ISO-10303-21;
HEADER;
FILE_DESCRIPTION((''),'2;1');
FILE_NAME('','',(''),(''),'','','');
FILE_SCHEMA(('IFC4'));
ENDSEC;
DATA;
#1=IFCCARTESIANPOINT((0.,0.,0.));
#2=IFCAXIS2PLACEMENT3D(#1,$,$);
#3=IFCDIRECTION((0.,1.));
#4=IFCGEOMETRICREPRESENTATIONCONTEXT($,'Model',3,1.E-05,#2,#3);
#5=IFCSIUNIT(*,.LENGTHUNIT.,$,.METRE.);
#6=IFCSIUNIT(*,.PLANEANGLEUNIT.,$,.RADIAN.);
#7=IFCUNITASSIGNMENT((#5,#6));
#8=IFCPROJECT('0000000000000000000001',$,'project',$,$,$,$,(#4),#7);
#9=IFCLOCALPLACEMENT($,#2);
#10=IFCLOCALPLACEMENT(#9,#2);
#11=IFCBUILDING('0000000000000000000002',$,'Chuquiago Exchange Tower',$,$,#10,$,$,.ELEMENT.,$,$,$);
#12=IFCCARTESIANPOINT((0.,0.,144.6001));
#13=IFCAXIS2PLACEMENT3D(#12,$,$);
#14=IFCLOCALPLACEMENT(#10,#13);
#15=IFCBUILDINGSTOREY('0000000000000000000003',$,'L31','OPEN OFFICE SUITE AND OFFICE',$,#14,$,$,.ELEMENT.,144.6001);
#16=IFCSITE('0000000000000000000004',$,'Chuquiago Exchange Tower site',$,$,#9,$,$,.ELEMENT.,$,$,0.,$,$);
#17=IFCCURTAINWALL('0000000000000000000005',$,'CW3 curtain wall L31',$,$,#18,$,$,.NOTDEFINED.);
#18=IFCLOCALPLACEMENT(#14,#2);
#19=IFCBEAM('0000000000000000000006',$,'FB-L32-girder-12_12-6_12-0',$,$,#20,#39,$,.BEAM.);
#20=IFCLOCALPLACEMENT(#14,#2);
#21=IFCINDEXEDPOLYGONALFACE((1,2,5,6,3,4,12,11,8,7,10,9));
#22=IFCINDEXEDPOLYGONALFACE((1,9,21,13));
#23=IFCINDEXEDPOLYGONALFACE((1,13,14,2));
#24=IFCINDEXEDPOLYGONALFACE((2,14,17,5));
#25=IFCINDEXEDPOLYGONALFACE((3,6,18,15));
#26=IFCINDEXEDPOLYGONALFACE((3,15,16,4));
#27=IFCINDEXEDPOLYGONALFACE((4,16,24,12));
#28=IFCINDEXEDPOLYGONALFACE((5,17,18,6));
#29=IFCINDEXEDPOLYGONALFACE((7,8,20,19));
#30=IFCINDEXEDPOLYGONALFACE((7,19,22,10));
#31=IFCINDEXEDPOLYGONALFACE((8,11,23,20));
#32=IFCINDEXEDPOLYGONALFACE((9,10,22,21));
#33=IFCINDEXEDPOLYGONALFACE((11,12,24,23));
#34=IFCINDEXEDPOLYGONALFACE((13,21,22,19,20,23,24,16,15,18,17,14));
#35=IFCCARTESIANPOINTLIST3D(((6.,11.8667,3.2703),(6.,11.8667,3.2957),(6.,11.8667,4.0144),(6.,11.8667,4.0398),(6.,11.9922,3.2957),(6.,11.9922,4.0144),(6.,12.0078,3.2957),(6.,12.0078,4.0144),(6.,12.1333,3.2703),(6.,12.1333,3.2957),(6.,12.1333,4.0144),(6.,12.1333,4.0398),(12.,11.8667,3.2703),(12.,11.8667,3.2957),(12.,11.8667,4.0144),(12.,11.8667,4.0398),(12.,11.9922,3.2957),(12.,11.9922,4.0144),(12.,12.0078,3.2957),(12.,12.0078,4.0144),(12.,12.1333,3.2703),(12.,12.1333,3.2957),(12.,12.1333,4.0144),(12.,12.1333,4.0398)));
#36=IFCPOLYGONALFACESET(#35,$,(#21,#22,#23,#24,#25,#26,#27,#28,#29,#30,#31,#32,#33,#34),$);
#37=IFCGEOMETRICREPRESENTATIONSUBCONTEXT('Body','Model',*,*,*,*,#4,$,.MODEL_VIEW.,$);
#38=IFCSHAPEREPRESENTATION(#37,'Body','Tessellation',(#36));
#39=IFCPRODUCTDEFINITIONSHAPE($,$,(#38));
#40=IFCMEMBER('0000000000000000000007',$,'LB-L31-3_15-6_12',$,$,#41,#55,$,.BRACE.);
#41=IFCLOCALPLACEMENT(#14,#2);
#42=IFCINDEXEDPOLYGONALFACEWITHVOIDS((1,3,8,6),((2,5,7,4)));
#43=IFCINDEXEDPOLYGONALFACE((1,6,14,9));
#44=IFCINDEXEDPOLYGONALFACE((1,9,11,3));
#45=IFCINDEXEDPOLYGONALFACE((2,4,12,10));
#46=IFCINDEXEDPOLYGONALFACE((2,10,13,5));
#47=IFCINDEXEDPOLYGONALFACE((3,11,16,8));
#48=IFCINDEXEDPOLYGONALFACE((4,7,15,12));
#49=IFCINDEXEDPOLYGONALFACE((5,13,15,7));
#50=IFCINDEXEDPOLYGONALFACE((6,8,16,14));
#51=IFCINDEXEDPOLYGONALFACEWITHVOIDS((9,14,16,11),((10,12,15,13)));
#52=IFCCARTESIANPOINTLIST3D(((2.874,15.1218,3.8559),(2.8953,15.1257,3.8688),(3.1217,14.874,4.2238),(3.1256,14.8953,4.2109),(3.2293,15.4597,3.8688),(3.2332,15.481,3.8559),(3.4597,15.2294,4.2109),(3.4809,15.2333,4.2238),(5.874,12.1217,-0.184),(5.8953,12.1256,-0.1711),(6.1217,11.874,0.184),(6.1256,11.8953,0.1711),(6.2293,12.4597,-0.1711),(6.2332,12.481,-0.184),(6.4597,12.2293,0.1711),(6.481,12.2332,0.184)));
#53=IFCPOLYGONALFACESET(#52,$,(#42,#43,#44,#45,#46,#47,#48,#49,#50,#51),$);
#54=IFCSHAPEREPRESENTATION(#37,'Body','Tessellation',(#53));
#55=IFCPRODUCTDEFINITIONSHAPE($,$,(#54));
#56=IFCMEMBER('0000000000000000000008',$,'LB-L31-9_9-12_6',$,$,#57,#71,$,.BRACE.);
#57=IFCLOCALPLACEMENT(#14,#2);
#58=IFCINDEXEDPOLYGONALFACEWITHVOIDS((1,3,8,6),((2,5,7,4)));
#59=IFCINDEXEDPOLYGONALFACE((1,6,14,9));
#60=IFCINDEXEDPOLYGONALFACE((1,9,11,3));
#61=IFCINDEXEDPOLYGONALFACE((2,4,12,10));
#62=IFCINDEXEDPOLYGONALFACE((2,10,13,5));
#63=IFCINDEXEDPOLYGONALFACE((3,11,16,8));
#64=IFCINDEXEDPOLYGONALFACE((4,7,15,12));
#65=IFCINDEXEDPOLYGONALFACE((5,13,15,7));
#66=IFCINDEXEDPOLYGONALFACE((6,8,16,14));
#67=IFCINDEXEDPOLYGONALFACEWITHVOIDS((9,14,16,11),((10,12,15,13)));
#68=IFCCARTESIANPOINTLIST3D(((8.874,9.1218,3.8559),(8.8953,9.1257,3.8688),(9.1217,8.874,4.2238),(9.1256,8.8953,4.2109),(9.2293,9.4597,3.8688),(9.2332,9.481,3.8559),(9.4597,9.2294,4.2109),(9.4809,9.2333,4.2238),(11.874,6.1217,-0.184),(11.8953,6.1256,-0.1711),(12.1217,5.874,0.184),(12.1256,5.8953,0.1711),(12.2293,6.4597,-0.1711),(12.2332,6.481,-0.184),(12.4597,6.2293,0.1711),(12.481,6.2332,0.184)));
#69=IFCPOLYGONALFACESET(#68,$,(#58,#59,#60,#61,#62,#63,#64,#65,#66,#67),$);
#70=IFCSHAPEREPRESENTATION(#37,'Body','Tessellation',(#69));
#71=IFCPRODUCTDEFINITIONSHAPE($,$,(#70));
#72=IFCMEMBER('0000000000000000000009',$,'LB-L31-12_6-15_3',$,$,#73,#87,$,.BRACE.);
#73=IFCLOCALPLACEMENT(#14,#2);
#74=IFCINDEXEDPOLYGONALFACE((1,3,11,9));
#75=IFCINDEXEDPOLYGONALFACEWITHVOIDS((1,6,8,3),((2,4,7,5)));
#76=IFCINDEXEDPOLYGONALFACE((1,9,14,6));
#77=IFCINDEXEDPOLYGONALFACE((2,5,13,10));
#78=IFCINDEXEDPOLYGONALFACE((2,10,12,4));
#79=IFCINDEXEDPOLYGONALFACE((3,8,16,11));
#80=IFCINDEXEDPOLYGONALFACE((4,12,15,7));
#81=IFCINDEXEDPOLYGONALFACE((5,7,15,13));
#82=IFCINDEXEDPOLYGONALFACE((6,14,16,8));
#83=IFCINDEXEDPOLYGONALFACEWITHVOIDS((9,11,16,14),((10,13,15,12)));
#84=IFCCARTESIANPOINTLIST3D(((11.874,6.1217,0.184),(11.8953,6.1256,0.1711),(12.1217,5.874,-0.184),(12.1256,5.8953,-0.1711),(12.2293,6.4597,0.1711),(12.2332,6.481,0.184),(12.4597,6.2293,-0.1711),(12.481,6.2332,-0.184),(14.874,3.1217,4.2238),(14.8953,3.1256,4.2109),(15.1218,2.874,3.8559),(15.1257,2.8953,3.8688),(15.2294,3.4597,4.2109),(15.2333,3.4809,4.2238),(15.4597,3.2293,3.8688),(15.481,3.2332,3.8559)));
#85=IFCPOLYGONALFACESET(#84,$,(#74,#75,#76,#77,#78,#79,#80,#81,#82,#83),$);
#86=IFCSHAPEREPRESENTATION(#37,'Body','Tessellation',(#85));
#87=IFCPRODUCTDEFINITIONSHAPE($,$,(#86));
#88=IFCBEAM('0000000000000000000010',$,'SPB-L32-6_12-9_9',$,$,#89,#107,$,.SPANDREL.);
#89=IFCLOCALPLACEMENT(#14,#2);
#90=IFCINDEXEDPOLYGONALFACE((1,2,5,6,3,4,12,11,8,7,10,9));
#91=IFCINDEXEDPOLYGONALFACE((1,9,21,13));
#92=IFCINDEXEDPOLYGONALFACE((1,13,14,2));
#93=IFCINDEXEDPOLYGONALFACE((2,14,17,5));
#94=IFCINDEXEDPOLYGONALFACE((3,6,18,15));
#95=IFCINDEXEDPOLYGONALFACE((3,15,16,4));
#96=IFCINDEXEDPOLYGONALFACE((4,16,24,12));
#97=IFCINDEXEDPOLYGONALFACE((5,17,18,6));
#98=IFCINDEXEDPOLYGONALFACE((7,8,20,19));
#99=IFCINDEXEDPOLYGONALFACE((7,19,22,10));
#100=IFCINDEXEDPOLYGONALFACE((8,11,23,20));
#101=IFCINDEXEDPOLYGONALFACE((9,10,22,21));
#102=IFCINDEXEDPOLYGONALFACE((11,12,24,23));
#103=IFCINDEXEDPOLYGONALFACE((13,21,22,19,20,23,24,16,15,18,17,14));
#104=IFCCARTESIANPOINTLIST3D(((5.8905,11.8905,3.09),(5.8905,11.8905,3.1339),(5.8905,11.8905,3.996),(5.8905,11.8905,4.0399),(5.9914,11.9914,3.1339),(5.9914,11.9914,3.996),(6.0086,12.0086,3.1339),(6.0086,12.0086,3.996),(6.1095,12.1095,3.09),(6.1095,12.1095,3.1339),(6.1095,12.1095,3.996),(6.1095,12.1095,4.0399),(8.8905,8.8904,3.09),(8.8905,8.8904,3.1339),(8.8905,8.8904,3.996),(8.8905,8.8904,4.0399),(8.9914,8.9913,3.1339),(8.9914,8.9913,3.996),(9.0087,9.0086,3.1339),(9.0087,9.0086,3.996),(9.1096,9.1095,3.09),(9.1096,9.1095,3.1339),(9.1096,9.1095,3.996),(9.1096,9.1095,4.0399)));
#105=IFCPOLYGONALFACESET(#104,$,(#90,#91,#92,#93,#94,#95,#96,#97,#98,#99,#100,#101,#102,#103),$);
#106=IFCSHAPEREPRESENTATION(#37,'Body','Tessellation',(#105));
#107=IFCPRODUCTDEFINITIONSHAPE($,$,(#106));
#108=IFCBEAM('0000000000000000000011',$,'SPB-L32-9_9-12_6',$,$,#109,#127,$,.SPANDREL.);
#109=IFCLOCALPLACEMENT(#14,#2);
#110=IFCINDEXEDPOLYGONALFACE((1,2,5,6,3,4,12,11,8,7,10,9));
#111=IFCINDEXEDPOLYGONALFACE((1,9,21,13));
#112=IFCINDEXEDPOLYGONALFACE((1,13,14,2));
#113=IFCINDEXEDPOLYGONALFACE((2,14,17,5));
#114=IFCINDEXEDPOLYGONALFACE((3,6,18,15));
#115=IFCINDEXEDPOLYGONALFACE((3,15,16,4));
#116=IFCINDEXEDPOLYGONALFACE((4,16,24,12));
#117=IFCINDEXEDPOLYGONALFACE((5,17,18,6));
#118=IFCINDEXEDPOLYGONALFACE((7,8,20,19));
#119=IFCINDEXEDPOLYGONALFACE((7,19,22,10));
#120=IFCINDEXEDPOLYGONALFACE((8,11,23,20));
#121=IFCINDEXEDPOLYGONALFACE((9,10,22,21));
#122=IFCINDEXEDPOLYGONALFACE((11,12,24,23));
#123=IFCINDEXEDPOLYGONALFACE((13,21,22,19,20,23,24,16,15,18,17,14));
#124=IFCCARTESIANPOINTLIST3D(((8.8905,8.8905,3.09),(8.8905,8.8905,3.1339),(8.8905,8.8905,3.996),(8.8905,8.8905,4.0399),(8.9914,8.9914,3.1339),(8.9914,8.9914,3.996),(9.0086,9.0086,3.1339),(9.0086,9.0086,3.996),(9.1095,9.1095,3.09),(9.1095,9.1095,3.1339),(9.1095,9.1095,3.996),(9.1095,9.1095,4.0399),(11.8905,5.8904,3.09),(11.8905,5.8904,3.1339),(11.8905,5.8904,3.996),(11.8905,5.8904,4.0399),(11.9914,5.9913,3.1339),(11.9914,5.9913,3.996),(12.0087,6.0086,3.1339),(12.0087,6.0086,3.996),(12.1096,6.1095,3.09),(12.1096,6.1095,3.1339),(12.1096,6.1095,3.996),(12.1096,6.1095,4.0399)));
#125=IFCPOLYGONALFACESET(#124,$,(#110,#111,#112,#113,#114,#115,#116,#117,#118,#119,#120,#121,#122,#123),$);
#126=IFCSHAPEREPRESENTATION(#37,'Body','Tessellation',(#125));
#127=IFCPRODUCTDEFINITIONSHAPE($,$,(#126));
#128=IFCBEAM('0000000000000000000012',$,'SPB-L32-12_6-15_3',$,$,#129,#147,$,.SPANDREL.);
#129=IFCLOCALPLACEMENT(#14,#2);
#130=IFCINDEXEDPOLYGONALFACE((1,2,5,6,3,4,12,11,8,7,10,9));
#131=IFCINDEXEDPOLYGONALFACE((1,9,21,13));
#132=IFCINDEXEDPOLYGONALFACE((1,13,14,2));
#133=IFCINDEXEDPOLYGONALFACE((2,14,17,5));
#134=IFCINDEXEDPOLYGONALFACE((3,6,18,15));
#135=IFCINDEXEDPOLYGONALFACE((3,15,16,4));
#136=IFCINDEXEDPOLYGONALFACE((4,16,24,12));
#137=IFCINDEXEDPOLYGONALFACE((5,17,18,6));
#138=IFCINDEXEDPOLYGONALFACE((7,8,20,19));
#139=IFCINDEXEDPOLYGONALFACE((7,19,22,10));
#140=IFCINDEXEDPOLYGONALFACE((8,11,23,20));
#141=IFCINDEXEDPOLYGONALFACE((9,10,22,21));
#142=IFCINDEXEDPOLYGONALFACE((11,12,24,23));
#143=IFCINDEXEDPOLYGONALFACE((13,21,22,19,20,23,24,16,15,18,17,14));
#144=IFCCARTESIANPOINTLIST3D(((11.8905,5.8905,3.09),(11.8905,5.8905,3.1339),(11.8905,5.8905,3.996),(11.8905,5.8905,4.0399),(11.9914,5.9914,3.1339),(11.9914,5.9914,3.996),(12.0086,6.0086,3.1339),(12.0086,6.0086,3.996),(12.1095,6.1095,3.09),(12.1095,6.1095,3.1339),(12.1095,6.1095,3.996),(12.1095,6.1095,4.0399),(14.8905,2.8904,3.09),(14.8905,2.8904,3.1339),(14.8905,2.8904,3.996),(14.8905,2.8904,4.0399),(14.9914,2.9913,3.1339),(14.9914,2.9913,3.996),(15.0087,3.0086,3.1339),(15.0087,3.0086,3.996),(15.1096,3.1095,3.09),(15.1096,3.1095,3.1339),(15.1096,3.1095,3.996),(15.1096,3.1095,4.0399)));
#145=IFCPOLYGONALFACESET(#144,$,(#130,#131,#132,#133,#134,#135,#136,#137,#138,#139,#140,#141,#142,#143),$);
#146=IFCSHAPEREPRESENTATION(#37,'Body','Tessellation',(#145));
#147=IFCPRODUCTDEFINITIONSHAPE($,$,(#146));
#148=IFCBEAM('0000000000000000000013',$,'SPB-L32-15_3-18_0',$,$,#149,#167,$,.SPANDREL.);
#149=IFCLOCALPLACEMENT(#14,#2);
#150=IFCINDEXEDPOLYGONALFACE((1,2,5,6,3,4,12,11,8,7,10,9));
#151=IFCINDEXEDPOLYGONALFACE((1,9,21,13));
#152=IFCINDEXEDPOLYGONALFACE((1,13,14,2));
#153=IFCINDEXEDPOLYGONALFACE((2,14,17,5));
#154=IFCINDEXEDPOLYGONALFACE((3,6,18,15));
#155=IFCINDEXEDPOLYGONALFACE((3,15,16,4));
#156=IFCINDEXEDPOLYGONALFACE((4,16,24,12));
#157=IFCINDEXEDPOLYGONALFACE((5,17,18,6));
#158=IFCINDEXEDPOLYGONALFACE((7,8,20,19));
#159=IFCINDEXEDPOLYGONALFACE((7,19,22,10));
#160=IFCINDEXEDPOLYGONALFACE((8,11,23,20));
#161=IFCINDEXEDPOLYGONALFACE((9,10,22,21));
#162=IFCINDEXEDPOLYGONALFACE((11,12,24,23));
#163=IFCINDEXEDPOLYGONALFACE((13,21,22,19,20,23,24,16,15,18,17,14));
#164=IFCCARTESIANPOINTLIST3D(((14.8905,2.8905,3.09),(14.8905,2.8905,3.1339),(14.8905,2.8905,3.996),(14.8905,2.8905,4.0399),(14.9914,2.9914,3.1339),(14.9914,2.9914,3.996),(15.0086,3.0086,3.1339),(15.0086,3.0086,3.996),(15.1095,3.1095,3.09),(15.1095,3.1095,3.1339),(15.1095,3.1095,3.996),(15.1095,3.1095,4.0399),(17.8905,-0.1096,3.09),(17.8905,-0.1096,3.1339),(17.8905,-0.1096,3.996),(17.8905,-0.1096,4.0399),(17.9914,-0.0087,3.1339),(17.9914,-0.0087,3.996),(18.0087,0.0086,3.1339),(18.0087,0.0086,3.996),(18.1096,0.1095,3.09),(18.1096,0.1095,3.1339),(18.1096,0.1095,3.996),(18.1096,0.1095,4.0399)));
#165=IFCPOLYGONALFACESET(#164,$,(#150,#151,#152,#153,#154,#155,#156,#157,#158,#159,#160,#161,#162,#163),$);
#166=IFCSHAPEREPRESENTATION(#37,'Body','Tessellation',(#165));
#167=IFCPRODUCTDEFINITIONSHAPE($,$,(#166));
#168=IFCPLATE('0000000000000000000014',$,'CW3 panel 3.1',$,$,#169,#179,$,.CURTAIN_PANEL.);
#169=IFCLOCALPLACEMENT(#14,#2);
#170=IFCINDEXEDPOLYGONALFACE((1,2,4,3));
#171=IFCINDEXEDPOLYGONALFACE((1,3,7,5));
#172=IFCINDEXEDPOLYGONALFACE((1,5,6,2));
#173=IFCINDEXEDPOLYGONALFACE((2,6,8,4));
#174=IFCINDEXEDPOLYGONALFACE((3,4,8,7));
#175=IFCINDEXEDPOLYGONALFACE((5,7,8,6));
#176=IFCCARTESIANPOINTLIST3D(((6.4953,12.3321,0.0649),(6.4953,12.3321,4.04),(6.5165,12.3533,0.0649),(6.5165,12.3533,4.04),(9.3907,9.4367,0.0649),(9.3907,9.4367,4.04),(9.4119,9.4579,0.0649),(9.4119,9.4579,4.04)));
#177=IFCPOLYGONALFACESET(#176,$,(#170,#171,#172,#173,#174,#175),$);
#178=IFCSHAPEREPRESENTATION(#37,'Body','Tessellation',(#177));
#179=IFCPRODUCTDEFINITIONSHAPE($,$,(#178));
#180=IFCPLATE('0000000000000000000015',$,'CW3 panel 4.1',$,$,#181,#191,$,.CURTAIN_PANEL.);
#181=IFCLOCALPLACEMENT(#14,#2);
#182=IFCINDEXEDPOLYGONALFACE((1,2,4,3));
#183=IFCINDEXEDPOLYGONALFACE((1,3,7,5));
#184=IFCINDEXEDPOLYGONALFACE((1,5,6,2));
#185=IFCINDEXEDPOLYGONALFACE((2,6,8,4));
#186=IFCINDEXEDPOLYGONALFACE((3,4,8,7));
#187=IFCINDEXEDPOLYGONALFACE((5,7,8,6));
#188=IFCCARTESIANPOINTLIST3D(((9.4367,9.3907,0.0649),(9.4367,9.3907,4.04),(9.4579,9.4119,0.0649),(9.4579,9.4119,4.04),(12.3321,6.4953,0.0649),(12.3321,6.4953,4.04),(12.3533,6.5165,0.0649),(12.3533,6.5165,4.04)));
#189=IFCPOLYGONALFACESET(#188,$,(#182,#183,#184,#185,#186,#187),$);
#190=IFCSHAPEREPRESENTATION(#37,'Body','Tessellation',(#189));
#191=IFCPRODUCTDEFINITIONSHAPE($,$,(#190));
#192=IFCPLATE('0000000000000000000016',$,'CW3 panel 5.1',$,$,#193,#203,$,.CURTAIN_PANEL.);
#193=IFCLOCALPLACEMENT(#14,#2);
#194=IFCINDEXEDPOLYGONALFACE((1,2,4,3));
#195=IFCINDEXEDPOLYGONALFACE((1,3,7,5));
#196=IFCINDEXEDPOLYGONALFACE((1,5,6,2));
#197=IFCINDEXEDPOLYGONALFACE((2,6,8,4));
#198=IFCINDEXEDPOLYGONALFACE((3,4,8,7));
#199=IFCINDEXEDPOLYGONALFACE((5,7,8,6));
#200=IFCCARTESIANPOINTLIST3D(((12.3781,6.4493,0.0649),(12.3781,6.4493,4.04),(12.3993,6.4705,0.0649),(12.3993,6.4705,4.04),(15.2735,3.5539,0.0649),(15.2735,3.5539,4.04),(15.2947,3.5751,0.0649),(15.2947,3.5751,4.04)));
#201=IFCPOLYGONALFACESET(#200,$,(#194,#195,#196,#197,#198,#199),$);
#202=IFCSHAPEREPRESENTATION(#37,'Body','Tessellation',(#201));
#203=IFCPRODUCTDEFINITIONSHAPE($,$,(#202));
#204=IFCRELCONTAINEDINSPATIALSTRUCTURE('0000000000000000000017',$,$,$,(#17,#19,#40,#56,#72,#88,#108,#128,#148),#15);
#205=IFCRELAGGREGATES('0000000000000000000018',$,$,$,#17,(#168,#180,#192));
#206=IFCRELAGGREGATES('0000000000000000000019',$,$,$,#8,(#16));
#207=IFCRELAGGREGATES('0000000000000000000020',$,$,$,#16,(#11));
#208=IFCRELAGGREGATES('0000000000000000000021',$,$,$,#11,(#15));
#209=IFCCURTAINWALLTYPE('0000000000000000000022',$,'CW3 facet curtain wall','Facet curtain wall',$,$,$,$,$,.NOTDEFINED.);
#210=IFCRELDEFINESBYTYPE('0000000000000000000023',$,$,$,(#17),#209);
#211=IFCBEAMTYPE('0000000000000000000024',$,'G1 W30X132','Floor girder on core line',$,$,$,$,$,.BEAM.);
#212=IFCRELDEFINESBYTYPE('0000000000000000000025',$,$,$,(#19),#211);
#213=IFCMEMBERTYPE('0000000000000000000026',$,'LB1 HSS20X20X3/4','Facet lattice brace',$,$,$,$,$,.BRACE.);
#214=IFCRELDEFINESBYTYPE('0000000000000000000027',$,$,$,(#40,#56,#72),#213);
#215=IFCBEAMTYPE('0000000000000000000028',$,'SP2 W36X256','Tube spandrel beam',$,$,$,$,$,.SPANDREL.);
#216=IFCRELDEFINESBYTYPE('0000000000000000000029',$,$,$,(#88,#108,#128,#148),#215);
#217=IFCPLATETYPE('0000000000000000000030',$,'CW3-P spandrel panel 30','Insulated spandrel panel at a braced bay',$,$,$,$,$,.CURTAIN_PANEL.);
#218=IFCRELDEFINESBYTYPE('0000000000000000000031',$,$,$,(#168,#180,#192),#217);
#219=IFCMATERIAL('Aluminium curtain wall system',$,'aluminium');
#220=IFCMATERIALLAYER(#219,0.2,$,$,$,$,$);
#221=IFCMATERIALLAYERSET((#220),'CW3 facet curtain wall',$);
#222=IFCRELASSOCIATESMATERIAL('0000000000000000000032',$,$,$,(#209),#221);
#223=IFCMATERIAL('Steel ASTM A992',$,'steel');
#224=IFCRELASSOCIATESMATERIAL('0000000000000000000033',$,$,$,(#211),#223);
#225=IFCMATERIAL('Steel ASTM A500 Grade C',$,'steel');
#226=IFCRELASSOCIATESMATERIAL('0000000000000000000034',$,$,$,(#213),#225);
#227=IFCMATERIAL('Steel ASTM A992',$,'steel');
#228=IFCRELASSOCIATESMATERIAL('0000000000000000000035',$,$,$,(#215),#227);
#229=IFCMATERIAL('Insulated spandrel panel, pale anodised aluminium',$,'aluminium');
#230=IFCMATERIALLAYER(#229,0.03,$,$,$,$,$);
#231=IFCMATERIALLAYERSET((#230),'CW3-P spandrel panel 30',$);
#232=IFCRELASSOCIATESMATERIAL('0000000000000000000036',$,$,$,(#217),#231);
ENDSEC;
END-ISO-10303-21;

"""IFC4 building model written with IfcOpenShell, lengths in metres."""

from ifc_helpers import new_model, si_unit, direction, frame, origin, origin_2d, place, context, subcontext, project, spatial, rectangle, hollow_rectangle, i_section, extrude, material, layer, layer_set, material_profile, profile_set, type_object, element, aggregate, save


model = new_model("IFC4")

# Units and contexts
model_context = context("Model", 3, precision=1e-05, world=origin(), true_north=direction((0.0, 1.0)))
body_context = subcontext(model_context, "Body", "Model", "MODEL_VIEW")
ifc_project = project(units=[si_unit("LENGTHUNIT", "METRE"), si_unit("PLANEANGLEUNIT", "RADIAN")], contexts=[model_context])

# Site, building, storey
site_placement = place(None, origin())
site = spatial("IfcSite", under=ifc_project, at=site_placement, Name="Chuquiago Exchange Tower site", CompositionType="ELEMENT", RefElevation=0.0)
building_placement = place(site_placement, origin())
building = spatial("IfcBuilding", under=site, at=building_placement, Name="Chuquiago Exchange Tower", CompositionType="ELEMENT")
storey_placement = place(building_placement, frame((0.0, 0.0, 144.6001)))
storey = spatial("IfcBuildingStorey", under=building, at=storey_placement, Name="L31", Description="OPEN OFFICE SUITE AND OFFICE", CompositionType="ELEMENT", Elevation=144.6001)

# Curtain wall
ifc_material_1 = material(Name="Aluminium curtain wall system", Category="aluminium")
ifc_layer_1 = layer(ifc_material_1, 0.2)
ifc_layer_set_1 = layer_set([ifc_layer_1], Name="CW3 facet curtain wall")
curtain_wall_type = type_object("IfcCurtainWallType", Name="CW3 facet curtain wall", Description="Facet curtain wall", PredefinedType="NOTDEFINED", material=ifc_layer_set_1)
curtain_wall_placement = place(storey_placement, origin())
curtain_wall = element("IfcCurtainWall", 1, at=curtain_wall_placement, inside=storey, type_object=curtain_wall_type, Name="CW3 curtain wall L31", PredefinedType="NOTDEFINED")

# Beam
ifc_material_2 = material(Name="Steel ASTM A992", Category="steel")
ifc_material_profile_1 = material_profile(ifc_material_2, i_section(OverallWidth=0.2666, OverallDepth=0.7695, WebThickness=0.0156, FlangeThickness=0.0254, at=origin_2d()), Name="W30X132")
ifc_profile_set_1 = profile_set([ifc_material_profile_1], Name="Steel ASTM A992")
beam_type_1 = type_object("IfcBeamType", Name="G1 W30X132", Description="Floor girder on core line", PredefinedType="BEAM", material=ifc_profile_set_1)
for number, where, z_axis, x_axis, name in (
    (2, (12.0, 12.0, 3.655), (-1.0, 0.0, 0.0), (0.0, -1.0, 0.0), "FB-L32-girder-12_12-6_12-0"),
):
    element("IfcBeam", number, at=place(storey_placement, frame(where, z_axis=z_axis, x_axis=x_axis)), inside=storey, type_object=beam_type_1, Name=name, PredefinedType="BEAM", context=body_context, shape_type="SweptSolid", body=[
        extrude(i_section(OverallWidth=0.2666, OverallDepth=0.7695, WebThickness=0.0156, FlangeThickness=0.0254, at=origin_2d()), origin(), (0.0, 0.0, 1.0), 6.0),
    ])

# Members
ifc_material_3 = material(Name="Steel ASTM A500 Grade C", Category="steel")
ifc_material_profile_2 = material_profile(ifc_material_3, hollow_rectangle(XDim=0.5081, YDim=0.5081, WallThickness=0.0178, at=origin_2d()), Name="HSS20X20X3/4")
ifc_profile_set_2 = profile_set([ifc_material_profile_2], Name="Steel ASTM A500 Grade C")
member_type_1 = type_object("IfcMemberType", Name="LB1 HSS20X20X3/4", Description="Facet lattice brace", PredefinedType="BRACE", material=ifc_profile_set_2)
for number, where, z_axis, x_axis, name in (
    (3, (6.1775, 12.1775, 0.0), (-0.512092, 0.512092, 0.689582), (-0.707107, -0.707107, 0.0), "LB-L31-3_15-6_12"),
    (4, (12.1775, 6.1775, 0.0), (-0.512092, 0.512092, 0.689582), (-0.707107, -0.707107, 0.0), "LB-L31-9_9-12_6"),
    (5, (12.1775, 6.1775, 0.0), (0.512092, -0.512092, 0.689582), (0.707107, 0.707107, 0.0), "LB-L31-12_6-15_3"),
):
    element("IfcMember", number, at=place(storey_placement, frame(where, z_axis=z_axis, x_axis=x_axis)), inside=storey, type_object=member_type_1, Name=name, PredefinedType="BRACE", context=body_context, shape_type="SweptSolid", body=[
        extrude(hollow_rectangle(XDim=0.5081, YDim=0.5081, WallThickness=0.0178, at=origin_2d()), origin(), (0.0, 0.0, 1.0), 5.8584),
    ])

# Beams
ifc_material_4 = material(Name="Steel ASTM A992", Category="steel")
ifc_material_profile_3 = material_profile(ifc_material_4, i_section(OverallWidth=0.3098, OverallDepth=0.95, WebThickness=0.0244, FlangeThickness=0.0439, at=origin_2d()), Name="W36X256")
ifc_profile_set_3 = profile_set([ifc_material_profile_3], Name="Steel ASTM A992")
beam_type_2 = type_object("IfcBeamType", Name="SP2 W36X256", Description="Tube spandrel beam", PredefinedType="SPANDREL", material=ifc_profile_set_3)
for number, where, z_axis, x_axis, name in (
    (6, (6.0, 12.0, 3.5649), (0.707107, -0.707107, 0.0), (0.707107, 0.707107, 0.0), "SPB-L32-6_12-9_9"),
    (7, (9.0, 9.0, 3.5649), (0.707107, -0.707107, 0.0), (0.707107, 0.707107, 0.0), "SPB-L32-9_9-12_6"),
    (8, (12.0, 6.0, 3.5649), (0.707107, -0.707107, 0.0), (0.707107, 0.707107, 0.0), "SPB-L32-12_6-15_3"),
    (9, (15.0, 3.0, 3.5649), (0.707107, -0.707107, 0.0), (0.707107, 0.707107, 0.0), "SPB-L32-15_3-18_0"),
):
    element("IfcBeam", number, at=place(storey_placement, frame(where, z_axis=z_axis, x_axis=x_axis)), inside=storey, type_object=beam_type_2, Name=name, PredefinedType="SPANDREL", context=body_context, shape_type="SweptSolid", body=[
        extrude(i_section(OverallWidth=0.3098, OverallDepth=0.95, WebThickness=0.0244, FlangeThickness=0.0439, at=origin_2d()), origin(), (0.0, 0.0, 1.0), 4.2427),
    ])

# Plates
ifc_material_5 = material(Name="Insulated spandrel panel, pale anodised aluminium", Category="aluminium")
ifc_layer_2 = layer(ifc_material_5, 0.03)
ifc_layer_set_2 = layer_set([ifc_layer_2], Name="CW3-P spandrel panel 30")
plate_type = type_object("IfcPlateType", Name="CW3-P spandrel panel 30", Description="Insulated spandrel panel at a braced bay", PredefinedType="CURTAIN_PANEL", material=ifc_layer_set_2)
plate_1_placement = place(storey_placement, frame((7.9536, 10.895, 0.0649), z_axis=(0.0, 0.0, 1.0), x_axis=(0.707107, -0.707107, 0.0)))
plate_1 = element("IfcPlate", 10, at=plate_1_placement, type_object=plate_type, Name="CW3 panel 3.1", PredefinedType="CURTAIN_PANEL", context=body_context, shape_type="SweptSolid", body=[
    extrude(rectangle(XDim=4.0947, YDim=0.03, at=origin_2d()), origin(), (0.0, 0.0, 1.0), 3.9751),
])
plate_2_placement = place(storey_placement, frame((10.895, 7.9536, 0.0649), z_axis=(0.0, 0.0, 1.0), x_axis=(0.707107, -0.707107, 0.0)))
plate_2 = element("IfcPlate", 11, at=plate_2_placement, type_object=plate_type, Name="CW3 panel 4.1", PredefinedType="CURTAIN_PANEL", context=body_context, shape_type="SweptSolid", body=[
    extrude(rectangle(XDim=4.0947, YDim=0.03, at=origin_2d()), origin(), (0.0, 0.0, 1.0), 3.9751),
])
plate_3_placement = place(storey_placement, frame((13.8364, 5.0122, 0.0649), z_axis=(0.0, 0.0, 1.0), x_axis=(0.707107, -0.707107, 0.0)))
plate_3 = element("IfcPlate", 12, at=plate_3_placement, type_object=plate_type, Name="CW3 panel 5.1", PredefinedType="CURTAIN_PANEL", context=body_context, shape_type="SweptSolid", body=[
    extrude(rectangle(XDim=4.0947, YDim=0.03, at=origin_2d()), origin(), (0.0, 0.0, 1.0), 3.9751),
])
aggregate(curtain_wall, [plate_1, plate_2, plate_3])

save(model, "model.ifc")
